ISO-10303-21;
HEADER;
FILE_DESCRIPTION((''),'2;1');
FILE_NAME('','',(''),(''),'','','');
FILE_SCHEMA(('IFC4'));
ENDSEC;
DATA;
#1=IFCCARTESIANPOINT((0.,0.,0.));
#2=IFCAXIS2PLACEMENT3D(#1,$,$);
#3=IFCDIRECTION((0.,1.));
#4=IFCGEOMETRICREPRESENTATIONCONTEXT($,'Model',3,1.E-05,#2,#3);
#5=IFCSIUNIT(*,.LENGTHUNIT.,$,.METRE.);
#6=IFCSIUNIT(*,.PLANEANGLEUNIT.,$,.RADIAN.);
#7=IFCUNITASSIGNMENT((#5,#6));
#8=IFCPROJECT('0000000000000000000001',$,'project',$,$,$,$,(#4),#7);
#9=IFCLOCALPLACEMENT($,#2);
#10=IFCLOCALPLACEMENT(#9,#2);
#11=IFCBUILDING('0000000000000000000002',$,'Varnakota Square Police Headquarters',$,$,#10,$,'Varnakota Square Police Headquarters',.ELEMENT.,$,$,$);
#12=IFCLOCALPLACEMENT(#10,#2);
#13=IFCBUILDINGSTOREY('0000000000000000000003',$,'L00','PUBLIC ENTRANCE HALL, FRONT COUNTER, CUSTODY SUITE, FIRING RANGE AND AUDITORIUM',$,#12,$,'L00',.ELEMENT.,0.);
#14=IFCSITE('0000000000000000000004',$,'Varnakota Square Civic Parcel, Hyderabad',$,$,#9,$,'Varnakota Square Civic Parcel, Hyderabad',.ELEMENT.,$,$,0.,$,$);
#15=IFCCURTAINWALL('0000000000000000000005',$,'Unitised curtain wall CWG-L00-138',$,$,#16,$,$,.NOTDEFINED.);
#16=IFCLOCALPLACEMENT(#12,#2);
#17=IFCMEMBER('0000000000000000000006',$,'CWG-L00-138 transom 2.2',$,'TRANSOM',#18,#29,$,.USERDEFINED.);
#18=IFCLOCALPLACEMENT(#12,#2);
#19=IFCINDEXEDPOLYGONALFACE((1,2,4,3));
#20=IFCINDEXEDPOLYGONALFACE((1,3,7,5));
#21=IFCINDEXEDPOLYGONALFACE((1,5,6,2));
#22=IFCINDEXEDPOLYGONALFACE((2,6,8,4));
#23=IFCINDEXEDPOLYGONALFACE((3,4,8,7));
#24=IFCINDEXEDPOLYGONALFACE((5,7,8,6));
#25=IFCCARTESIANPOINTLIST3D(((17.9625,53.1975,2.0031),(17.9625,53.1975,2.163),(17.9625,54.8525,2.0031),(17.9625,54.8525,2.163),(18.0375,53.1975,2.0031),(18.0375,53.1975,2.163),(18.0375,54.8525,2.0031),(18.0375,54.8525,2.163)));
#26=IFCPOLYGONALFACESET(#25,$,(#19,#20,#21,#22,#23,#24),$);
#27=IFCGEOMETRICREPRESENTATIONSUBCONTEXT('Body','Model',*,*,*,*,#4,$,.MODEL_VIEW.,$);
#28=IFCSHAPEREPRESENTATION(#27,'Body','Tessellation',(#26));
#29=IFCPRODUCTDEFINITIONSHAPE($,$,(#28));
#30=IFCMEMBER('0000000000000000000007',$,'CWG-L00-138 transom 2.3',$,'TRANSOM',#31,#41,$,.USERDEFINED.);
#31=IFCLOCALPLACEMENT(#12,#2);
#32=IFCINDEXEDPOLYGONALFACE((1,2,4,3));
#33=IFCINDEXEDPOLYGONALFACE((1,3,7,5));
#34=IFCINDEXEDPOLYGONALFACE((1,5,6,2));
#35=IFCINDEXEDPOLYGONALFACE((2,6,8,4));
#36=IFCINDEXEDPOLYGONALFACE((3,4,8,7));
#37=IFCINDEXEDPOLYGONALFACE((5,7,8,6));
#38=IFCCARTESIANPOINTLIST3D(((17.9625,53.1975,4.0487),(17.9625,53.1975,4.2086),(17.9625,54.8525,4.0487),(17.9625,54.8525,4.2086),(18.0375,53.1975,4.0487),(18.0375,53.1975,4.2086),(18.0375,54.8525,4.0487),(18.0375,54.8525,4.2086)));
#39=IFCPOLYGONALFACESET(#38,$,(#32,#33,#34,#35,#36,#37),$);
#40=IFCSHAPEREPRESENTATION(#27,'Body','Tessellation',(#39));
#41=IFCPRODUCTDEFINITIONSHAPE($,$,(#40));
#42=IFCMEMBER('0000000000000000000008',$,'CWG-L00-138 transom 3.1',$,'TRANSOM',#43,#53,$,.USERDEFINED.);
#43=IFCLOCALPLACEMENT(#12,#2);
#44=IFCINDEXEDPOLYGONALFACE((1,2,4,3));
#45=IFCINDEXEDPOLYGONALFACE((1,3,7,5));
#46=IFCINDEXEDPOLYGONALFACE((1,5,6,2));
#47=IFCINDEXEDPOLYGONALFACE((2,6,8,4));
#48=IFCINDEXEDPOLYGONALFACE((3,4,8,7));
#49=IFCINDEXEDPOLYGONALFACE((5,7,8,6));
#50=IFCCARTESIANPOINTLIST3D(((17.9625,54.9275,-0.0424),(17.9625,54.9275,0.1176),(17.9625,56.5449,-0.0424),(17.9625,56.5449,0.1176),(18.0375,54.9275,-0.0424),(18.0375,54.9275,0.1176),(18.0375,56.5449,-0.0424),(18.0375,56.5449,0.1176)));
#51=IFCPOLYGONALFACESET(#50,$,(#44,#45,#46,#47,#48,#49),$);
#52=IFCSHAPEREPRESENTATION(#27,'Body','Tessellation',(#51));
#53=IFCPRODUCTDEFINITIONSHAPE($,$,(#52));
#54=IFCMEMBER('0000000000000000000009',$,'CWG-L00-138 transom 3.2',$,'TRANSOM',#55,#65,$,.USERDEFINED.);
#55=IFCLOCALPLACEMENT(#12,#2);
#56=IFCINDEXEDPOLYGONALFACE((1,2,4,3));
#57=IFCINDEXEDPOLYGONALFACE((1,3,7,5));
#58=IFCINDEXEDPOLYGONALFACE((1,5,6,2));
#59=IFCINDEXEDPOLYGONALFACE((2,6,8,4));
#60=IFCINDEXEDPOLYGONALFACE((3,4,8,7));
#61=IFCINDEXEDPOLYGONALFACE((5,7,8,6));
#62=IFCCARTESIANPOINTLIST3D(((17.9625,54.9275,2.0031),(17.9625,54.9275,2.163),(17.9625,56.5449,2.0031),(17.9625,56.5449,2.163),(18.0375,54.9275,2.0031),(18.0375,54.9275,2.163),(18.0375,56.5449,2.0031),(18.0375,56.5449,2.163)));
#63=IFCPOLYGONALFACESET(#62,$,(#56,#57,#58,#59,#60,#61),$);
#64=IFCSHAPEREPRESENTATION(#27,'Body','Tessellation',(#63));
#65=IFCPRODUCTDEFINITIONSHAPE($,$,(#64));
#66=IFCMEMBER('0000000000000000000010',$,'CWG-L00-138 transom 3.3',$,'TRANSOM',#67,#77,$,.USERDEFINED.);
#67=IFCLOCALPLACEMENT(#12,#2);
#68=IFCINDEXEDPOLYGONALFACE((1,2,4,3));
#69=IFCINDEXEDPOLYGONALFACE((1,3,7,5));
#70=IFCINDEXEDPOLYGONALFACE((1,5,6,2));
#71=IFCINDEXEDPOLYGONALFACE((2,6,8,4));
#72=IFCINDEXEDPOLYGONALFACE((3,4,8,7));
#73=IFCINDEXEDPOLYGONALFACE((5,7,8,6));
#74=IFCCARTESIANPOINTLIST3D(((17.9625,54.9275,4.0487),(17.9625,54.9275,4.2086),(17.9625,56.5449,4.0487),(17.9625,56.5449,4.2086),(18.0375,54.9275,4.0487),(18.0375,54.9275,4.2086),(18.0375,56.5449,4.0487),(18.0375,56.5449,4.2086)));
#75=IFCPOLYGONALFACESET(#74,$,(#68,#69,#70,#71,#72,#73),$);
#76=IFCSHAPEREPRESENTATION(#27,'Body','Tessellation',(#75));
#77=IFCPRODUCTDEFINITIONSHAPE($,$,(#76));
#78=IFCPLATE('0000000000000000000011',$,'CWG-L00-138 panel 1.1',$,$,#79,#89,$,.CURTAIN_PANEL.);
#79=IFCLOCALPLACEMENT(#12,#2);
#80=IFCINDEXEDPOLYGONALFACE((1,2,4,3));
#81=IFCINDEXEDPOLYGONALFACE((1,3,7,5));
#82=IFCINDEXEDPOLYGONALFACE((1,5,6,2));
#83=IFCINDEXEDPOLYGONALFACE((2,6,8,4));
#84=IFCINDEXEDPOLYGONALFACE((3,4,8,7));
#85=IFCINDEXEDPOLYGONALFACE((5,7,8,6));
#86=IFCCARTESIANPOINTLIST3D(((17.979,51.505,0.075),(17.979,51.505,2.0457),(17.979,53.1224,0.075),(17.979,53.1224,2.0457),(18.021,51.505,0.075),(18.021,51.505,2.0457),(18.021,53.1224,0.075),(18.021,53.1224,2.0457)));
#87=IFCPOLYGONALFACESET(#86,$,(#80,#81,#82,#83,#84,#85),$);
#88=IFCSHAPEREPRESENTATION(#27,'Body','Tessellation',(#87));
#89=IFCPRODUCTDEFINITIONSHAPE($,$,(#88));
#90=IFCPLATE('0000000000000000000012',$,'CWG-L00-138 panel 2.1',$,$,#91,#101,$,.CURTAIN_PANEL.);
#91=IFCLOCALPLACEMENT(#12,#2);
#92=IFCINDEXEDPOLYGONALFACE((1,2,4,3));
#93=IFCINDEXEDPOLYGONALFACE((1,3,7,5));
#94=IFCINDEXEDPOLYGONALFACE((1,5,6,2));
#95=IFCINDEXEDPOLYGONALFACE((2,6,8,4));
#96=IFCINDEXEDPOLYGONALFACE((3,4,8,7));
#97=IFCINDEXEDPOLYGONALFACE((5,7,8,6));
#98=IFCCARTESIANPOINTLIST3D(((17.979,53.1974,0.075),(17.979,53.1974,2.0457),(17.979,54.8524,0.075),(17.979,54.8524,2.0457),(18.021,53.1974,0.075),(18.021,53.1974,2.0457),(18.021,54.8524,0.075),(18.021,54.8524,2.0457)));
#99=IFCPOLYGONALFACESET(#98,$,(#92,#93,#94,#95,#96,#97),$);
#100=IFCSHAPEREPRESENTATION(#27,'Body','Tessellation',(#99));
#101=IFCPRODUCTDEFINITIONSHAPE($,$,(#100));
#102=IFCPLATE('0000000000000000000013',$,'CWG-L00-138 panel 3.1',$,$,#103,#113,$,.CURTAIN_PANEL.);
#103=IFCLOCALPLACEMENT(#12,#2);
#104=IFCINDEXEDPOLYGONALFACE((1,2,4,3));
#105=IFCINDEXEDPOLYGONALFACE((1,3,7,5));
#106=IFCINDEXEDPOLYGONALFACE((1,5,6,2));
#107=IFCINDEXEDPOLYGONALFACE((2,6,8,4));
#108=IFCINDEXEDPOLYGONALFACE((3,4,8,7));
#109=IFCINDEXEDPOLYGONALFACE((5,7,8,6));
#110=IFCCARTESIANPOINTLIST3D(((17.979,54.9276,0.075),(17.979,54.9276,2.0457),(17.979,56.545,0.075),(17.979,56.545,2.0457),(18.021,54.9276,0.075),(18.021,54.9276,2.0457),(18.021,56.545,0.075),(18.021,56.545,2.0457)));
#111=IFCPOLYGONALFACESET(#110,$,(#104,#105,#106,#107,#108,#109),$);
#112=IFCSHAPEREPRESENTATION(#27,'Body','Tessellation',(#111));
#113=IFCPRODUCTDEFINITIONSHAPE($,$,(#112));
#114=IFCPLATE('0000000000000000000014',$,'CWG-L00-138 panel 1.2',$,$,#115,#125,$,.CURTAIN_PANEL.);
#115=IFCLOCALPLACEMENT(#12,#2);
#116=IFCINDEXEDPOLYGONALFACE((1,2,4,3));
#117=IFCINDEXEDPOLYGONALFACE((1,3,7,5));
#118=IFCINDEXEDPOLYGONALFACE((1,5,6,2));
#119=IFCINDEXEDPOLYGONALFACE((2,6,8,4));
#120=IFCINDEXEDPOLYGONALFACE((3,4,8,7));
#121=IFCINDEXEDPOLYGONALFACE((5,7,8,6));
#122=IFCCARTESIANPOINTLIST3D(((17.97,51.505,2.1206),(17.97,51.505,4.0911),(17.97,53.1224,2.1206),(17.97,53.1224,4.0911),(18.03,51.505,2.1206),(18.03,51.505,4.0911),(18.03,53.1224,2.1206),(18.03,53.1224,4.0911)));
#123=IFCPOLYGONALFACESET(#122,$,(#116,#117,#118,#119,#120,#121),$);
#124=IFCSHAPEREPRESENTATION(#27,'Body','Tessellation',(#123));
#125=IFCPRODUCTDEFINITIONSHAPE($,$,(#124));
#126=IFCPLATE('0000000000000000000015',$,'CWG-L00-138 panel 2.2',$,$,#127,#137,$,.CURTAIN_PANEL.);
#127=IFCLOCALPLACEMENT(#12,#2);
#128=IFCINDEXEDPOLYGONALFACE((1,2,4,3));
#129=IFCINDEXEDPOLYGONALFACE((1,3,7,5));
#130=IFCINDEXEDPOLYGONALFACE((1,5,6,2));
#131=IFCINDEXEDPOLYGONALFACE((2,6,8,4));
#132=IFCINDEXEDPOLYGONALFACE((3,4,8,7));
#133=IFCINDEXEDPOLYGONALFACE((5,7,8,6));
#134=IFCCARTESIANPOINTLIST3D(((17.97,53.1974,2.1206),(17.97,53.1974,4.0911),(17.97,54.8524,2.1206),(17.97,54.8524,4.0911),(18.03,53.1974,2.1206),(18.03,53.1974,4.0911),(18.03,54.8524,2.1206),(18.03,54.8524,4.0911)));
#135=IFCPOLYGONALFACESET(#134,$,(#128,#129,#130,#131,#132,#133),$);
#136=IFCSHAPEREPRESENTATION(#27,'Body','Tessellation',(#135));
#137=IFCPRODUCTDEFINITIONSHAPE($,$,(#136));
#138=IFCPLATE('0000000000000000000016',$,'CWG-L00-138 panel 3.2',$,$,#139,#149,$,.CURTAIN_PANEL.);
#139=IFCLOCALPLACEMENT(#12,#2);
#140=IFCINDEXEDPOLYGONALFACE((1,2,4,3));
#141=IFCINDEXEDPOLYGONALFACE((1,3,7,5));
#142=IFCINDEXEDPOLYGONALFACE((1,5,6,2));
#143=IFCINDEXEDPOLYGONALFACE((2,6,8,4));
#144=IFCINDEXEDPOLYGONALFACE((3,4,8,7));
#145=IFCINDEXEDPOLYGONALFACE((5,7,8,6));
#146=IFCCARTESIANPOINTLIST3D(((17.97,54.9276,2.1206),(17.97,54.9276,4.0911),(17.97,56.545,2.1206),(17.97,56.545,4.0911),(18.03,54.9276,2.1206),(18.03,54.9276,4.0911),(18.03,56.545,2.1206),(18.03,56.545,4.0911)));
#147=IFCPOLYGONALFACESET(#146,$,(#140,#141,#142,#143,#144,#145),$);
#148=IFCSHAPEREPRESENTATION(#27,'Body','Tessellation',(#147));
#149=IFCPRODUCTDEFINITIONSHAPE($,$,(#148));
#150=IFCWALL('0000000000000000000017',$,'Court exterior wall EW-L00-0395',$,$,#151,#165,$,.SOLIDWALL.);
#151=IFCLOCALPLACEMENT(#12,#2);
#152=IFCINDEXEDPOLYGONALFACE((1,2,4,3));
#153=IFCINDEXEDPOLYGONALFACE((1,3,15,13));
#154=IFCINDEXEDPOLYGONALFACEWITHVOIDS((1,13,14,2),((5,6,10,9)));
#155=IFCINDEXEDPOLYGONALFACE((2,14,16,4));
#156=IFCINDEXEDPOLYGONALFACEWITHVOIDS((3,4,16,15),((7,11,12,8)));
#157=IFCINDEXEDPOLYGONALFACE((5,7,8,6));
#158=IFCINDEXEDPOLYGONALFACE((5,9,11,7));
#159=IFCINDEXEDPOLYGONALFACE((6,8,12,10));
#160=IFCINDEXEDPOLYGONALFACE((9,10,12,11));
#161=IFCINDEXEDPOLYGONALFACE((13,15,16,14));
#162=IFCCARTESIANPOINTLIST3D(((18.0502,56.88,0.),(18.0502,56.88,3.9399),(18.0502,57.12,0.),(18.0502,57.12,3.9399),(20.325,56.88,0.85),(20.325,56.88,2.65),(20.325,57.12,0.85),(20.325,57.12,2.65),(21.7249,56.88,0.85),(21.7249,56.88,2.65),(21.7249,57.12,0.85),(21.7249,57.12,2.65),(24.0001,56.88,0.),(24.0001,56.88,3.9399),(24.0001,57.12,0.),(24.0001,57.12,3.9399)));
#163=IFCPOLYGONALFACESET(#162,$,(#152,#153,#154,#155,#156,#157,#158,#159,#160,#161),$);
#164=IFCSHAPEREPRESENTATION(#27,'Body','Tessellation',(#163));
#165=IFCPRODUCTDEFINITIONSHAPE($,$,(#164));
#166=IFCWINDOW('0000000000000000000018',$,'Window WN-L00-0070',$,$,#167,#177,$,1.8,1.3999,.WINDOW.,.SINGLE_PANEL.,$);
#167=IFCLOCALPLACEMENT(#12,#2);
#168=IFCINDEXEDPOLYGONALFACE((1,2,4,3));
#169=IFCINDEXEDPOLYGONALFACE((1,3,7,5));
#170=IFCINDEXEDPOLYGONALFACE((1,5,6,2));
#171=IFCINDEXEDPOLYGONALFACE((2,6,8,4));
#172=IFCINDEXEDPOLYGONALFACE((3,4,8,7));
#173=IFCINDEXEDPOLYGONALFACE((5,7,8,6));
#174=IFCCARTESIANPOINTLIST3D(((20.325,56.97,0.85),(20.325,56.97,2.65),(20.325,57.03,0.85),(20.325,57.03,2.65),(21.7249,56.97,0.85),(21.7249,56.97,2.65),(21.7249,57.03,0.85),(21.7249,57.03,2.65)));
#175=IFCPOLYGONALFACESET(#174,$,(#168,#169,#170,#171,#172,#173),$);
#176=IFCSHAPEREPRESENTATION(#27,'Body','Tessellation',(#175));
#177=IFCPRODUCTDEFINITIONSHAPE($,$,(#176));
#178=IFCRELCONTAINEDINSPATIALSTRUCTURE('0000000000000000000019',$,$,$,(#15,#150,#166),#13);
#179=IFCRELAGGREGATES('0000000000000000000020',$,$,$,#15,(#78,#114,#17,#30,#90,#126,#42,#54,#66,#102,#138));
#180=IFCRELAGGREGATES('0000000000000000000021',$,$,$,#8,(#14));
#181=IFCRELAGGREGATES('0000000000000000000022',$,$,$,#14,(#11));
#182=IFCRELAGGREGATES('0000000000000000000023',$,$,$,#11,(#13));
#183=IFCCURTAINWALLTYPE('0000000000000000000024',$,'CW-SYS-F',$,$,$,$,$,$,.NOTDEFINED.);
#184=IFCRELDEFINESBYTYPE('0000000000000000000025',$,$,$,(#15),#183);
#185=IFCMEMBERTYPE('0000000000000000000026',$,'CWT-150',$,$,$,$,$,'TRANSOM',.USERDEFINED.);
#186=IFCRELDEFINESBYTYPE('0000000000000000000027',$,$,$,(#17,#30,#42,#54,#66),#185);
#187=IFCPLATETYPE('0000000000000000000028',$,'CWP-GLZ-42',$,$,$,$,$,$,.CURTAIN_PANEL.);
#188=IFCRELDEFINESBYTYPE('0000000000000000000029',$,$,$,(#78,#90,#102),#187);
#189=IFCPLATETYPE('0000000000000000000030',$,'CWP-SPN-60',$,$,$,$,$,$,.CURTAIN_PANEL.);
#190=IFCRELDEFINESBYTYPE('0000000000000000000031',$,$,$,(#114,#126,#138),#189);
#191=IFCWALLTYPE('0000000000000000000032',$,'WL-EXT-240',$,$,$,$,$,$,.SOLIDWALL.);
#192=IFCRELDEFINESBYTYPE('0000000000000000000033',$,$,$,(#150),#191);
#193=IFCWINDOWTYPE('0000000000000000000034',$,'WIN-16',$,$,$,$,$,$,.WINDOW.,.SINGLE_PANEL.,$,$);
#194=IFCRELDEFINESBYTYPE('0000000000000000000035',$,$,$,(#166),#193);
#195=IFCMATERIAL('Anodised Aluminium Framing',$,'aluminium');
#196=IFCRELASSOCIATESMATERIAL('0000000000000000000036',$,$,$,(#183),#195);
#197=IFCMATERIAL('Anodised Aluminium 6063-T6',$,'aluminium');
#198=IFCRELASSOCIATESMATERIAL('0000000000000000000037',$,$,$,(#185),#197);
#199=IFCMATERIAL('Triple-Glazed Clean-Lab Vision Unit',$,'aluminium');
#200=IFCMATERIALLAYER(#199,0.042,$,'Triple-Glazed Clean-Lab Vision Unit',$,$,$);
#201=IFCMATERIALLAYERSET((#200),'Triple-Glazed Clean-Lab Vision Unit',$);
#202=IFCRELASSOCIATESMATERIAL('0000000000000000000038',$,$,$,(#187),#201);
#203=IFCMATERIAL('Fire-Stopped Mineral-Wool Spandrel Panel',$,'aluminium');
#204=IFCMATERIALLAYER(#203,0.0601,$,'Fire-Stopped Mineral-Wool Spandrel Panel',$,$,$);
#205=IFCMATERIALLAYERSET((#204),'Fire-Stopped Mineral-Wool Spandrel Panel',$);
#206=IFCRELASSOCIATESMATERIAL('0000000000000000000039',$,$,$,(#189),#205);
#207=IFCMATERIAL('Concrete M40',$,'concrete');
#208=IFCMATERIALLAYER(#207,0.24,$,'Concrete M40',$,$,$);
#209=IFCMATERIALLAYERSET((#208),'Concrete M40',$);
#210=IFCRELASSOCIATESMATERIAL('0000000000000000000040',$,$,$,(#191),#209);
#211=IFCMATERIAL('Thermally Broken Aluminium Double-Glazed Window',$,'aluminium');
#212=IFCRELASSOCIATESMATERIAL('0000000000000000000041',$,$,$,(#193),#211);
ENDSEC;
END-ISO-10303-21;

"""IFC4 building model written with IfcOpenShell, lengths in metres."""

from ifc_helpers import new_model, si_unit, direction, frame, frame_2d, origin, origin_2d, place, context, subcontext, project, spatial, rectangle, extrude, material, layer, layer_set, material_profile, profile_set, type_object, element, fill, aggregate, save


model = new_model("IFC4")

# Units and contexts
model_context = context("Model", 3, precision=1e-05, world=origin(), true_north=direction((0.0, 1.0)))
body_context = subcontext(model_context, "Body", "Model", "MODEL_VIEW")
ifc_project = project(units=[si_unit("LENGTHUNIT", "METRE"), si_unit("PLANEANGLEUNIT", "RADIAN")], contexts=[model_context])

# Site, building, storey
site_placement = place(None, origin())
site = spatial("IfcSite", under=ifc_project, at=site_placement, Name="Varnakota Square Civic Parcel, Hyderabad", LongName="Varnakota Square Civic Parcel, Hyderabad", CompositionType="ELEMENT", RefElevation=0.0)
building_placement = place(site_placement, origin())
building = spatial("IfcBuilding", under=site, at=building_placement, Name="Varnakota Square Police Headquarters", LongName="Varnakota Square Police Headquarters", CompositionType="ELEMENT")
storey_placement = place(building_placement, origin())
storey = spatial("IfcBuildingStorey", under=building, at=storey_placement, Name="L00", Description="PUBLIC ENTRANCE HALL, FRONT COUNTER, CUSTODY SUITE, FIRING RANGE AND AUDITORIUM", LongName="L00", CompositionType="ELEMENT", Elevation=0.0)

# Curtain wall, members, plates
ifc_material_1 = material(Name="Anodised Aluminium Framing", Category="aluminium")
curtain_wall_type = type_object("IfcCurtainWallType", Name="CW-SYS-F", PredefinedType="NOTDEFINED", material=ifc_material_1)
curtain_wall_placement = place(storey_placement, origin())
curtain_wall = element("IfcCurtainWall", 1, at=curtain_wall_placement, inside=storey, type_object=curtain_wall_type, Name="Unitised curtain wall CWG-L00-138", PredefinedType="NOTDEFINED")
ifc_material_2 = material(Name="Anodised Aluminium 6063-T6", Category="aluminium")
ifc_material_profile_1 = material_profile(ifc_material_2, rectangle(XDim=0.075, YDim=0.1599, at=origin_2d()), Name="ALU TRANSOM 75x160")
ifc_profile_set_1 = profile_set([ifc_material_profile_1], Name="Anodised Aluminium 6063-T6")
member_type_1 = type_object("IfcMemberType", Name="CWT-150", ElementType="TRANSOM", PredefinedType="USERDEFINED", material=ifc_profile_set_1)
member_1_placement = place(storey_placement, frame((18.0, 53.1975, 2.083), z_axis=(0.0, 1.0, 0.0), x_axis=(-1.0, 0.0, 0.0)))
member_1 = element("IfcMember", 2, at=member_1_placement, type_object=member_type_1, Name="CWG-L00-138 transom 2.2", ObjectType="TRANSOM", PredefinedType="USERDEFINED", context=body_context, shape_type="SweptSolid", body=[
    extrude(rectangle(XDim=0.075, YDim=0.1599, at=origin_2d()), origin(), (0.0, 0.0, 1.0), 1.655),
])
member_2_placement = place(storey_placement, frame((18.0, 53.1975, 4.1287), z_axis=(0.0, 1.0, 0.0), x_axis=(-1.0, 0.0, 0.0)))
member_2 = element("IfcMember", 3, at=member_2_placement, type_object=member_type_1, Name="CWG-L00-138 transom 2.3", ObjectType="TRANSOM", PredefinedType="USERDEFINED", context=body_context, shape_type="SweptSolid", body=[
    extrude(rectangle(XDim=0.075, YDim=0.1599, at=origin_2d()), origin(), (0.0, 0.0, 1.0), 1.655),
])
member_3_placement = place(storey_placement, frame((18.0, 54.9275, 0.0376), z_axis=(0.0, 1.0, 0.0), x_axis=(-1.0, 0.0, 0.0)))
member_3 = element("IfcMember", 4, at=member_3_placement, type_object=member_type_1, Name="CWG-L00-138 transom 3.1", ObjectType="TRANSOM", PredefinedType="USERDEFINED", context=body_context, shape_type="SweptSolid", body=[
    extrude(rectangle(XDim=0.075, YDim=0.1599, at=origin_2d()), origin(), (0.0, 0.0, 1.0), 1.6174),
])
member_4_placement = place(storey_placement, frame((18.0, 54.9275, 2.083), z_axis=(0.0, 1.0, 0.0), x_axis=(-1.0, 0.0, 0.0)))
member_4 = element("IfcMember", 5, at=member_4_placement, type_object=member_type_1, Name="CWG-L00-138 transom 3.2", ObjectType="TRANSOM", PredefinedType="USERDEFINED", context=body_context, shape_type="SweptSolid", body=[
    extrude(rectangle(XDim=0.075, YDim=0.1599, at=origin_2d()), origin(), (0.0, 0.0, 1.0), 1.6174),
])
member_5_placement = place(storey_placement, frame((18.0, 54.9275, 4.1287), z_axis=(0.0, 1.0, 0.0), x_axis=(-1.0, 0.0, 0.0)))
member_5 = element("IfcMember", 6, at=member_5_placement, type_object=member_type_1, Name="CWG-L00-138 transom 3.3", ObjectType="TRANSOM", PredefinedType="USERDEFINED", context=body_context, shape_type="SweptSolid", body=[
    extrude(rectangle(XDim=0.075, YDim=0.1599, at=origin_2d()), origin(), (0.0, 0.0, 1.0), 1.6174),
])
ifc_material_3 = material(Name="Triple-Glazed Clean-Lab Vision Unit", Category="aluminium")
ifc_layer_1 = layer(ifc_material_3, 0.042, Name="Triple-Glazed Clean-Lab Vision Unit")
ifc_layer_set_1 = layer_set([ifc_layer_1], Name="Triple-Glazed Clean-Lab Vision Unit")
plate_type_1 = type_object("IfcPlateType", Name="CWP-GLZ-42", PredefinedType="CURTAIN_PANEL", material=ifc_layer_set_1)
plate_1_placement = place(storey_placement, frame((18.0, 52.3137, 0.075), z_axis=(0.0, 0.0, 1.0), x_axis=(0.0, 1.0, 0.0)))
plate_1 = element("IfcPlate", 7, at=plate_1_placement, type_object=plate_type_1, Name="CWG-L00-138 panel 1.1", PredefinedType="CURTAIN_PANEL", context=body_context, shape_type="SweptSolid", body=[
    extrude(rectangle(XDim=1.6174, YDim=0.042, at=origin_2d()), origin(), (0.0, 0.0, 1.0), 1.9707),
])
plate_2_placement = place(storey_placement, frame((18.0, 54.0249, 0.075), z_axis=(0.0, 0.0, 1.0), x_axis=(0.0, 1.0, 0.0)))
plate_2 = element("IfcPlate", 8, at=plate_2_placement, type_object=plate_type_1, Name="CWG-L00-138 panel 2.1", PredefinedType="CURTAIN_PANEL", context=body_context, shape_type="SweptSolid", body=[
    extrude(rectangle(XDim=1.655, YDim=0.042, at=origin_2d()), origin(), (0.0, 0.0, 1.0), 1.9707),
])
plate_3_placement = place(storey_placement, frame((18.0, 55.7363, 0.075), z_axis=(0.0, 0.0, 1.0), x_axis=(0.0, 1.0, 0.0)))
plate_3 = element("IfcPlate", 9, at=plate_3_placement, type_object=plate_type_1, Name="CWG-L00-138 panel 3.1", PredefinedType="CURTAIN_PANEL", context=body_context, shape_type="SweptSolid", body=[
    extrude(rectangle(XDim=1.6174, YDim=0.042, at=origin_2d()), origin(), (0.0, 0.0, 1.0), 1.9707),
])
ifc_material_4 = material(Name="Fire-Stopped Mineral-Wool Spandrel Panel", Category="aluminium")
ifc_layer_2 = layer(ifc_material_4, 0.0601, Name="Fire-Stopped Mineral-Wool Spandrel Panel")
ifc_layer_set_2 = layer_set([ifc_layer_2], Name="Fire-Stopped Mineral-Wool Spandrel Panel")
plate_type_2 = type_object("IfcPlateType", Name="CWP-SPN-60", PredefinedType="CURTAIN_PANEL", material=ifc_layer_set_2)
plate_4_placement = place(storey_placement, frame((18.0, 52.3137, 2.1206), z_axis=(0.0, 0.0, 1.0), x_axis=(0.0, 1.0, 0.0)))
plate_4 = element("IfcPlate", 10, at=plate_4_placement, type_object=plate_type_2, Name="CWG-L00-138 panel 1.2", PredefinedType="CURTAIN_PANEL", context=body_context, shape_type="SweptSolid", body=[
    extrude(rectangle(XDim=1.6174, YDim=0.0601, at=origin_2d()), origin(), (0.0, 0.0, 1.0), 1.9705),
])
plate_5_placement = place(storey_placement, frame((18.0, 54.0249, 2.1206), z_axis=(0.0, 0.0, 1.0), x_axis=(0.0, 1.0, 0.0)))
plate_5 = element("IfcPlate", 11, at=plate_5_placement, type_object=plate_type_2, Name="CWG-L00-138 panel 2.2", PredefinedType="CURTAIN_PANEL", context=body_context, shape_type="SweptSolid", body=[
    extrude(rectangle(XDim=1.655, YDim=0.0601, at=origin_2d()), origin(), (0.0, 0.0, 1.0), 1.9705),
])
plate_6_placement = place(storey_placement, frame((18.0, 55.7363, 2.1206), z_axis=(0.0, 0.0, 1.0), x_axis=(0.0, 1.0, 0.0)))
plate_6 = element("IfcPlate", 12, at=plate_6_placement, type_object=plate_type_2, Name="CWG-L00-138 panel 3.2", PredefinedType="CURTAIN_PANEL", context=body_context, shape_type="SweptSolid", body=[
    extrude(rectangle(XDim=1.6174, YDim=0.0601, at=origin_2d()), origin(), (0.0, 0.0, 1.0), 1.9705),
])
aggregate(curtain_wall, [plate_1, plate_4, member_1, member_2, plate_2, plate_5, member_3, member_4, member_5, plate_3, plate_6])

# Wall, opening, window
ifc_material_5 = material(Name="Concrete M40", Category="concrete")
ifc_layer_3 = layer(ifc_material_5, 0.24, Name="Concrete M40")
ifc_layer_set_3 = layer_set([ifc_layer_3], Name="Concrete M40")
wall_type = type_object("IfcWallType", Name="WL-EXT-240", PredefinedType="SOLIDWALL", material=ifc_layer_set_3)
wall_placement = place(storey_placement, frame((18.05, 57.0, 0.0), z_axis=(0.0, 0.0, 1.0), x_axis=(1.0, 0.0, 0.0)))
wall = element("IfcWall", 13, at=wall_placement, inside=storey, type_object=wall_type, Name="Court exterior wall EW-L00-0395", PredefinedType="SOLIDWALL", context=body_context, shape_type="SweptSolid", body=[
    extrude(rectangle(XDim=5.95, YDim=0.24, at=frame_2d((2.9751, 0.0))), origin(), (0.0, 0.0, 1.0), 3.9399),
])
opening_placement = place(wall_placement, frame((2.2749, 0.0, 0.8501)))
opening = element("IfcOpeningElement", 14, at=opening_placement, cuts=wall, PredefinedType="OPENING", context=body_context, shape_type="SweptSolid", body=[
    extrude(rectangle(XDim=1.3999, YDim=1.8, at=frame_2d((0.7, 0.8999))), frame((0.0, 0.1299, 0.0), z_axis=(0.0, -1.0, 0.0), x_axis=(1.0, 0.0, 0.0)), (0.0, 0.0, 1.0), 0.26),
])
ifc_material_6 = material(Name="Thermally Broken Aluminium Double-Glazed Window", Category="aluminium")
window_type = type_object("IfcWindowType", Name="WIN-16", PartitioningType="SINGLE_PANEL", PredefinedType="WINDOW", material=ifc_material_6)
window_placement = place(opening_placement, origin())
window = element("IfcWindow", 15, at=window_placement, inside=storey, type_object=window_type, Name="Window WN-L00-0070", OverallHeight=1.8, OverallWidth=1.3999, PartitioningType="SINGLE_PANEL", PredefinedType="WINDOW", context=body_context, shape_type="SweptSolid", body=[
    extrude(rectangle(XDim=1.3999, YDim=1.8, at=frame_2d((0.7, 0.8999))), frame((0.0, 0.03, 0.0), z_axis=(0.0, -1.0, 0.0), x_axis=(1.0, 0.0, 0.0)), (0.0, 0.0, 1.0), 0.0601),
])
fill(opening, window)

save(model, "model.ifc")
